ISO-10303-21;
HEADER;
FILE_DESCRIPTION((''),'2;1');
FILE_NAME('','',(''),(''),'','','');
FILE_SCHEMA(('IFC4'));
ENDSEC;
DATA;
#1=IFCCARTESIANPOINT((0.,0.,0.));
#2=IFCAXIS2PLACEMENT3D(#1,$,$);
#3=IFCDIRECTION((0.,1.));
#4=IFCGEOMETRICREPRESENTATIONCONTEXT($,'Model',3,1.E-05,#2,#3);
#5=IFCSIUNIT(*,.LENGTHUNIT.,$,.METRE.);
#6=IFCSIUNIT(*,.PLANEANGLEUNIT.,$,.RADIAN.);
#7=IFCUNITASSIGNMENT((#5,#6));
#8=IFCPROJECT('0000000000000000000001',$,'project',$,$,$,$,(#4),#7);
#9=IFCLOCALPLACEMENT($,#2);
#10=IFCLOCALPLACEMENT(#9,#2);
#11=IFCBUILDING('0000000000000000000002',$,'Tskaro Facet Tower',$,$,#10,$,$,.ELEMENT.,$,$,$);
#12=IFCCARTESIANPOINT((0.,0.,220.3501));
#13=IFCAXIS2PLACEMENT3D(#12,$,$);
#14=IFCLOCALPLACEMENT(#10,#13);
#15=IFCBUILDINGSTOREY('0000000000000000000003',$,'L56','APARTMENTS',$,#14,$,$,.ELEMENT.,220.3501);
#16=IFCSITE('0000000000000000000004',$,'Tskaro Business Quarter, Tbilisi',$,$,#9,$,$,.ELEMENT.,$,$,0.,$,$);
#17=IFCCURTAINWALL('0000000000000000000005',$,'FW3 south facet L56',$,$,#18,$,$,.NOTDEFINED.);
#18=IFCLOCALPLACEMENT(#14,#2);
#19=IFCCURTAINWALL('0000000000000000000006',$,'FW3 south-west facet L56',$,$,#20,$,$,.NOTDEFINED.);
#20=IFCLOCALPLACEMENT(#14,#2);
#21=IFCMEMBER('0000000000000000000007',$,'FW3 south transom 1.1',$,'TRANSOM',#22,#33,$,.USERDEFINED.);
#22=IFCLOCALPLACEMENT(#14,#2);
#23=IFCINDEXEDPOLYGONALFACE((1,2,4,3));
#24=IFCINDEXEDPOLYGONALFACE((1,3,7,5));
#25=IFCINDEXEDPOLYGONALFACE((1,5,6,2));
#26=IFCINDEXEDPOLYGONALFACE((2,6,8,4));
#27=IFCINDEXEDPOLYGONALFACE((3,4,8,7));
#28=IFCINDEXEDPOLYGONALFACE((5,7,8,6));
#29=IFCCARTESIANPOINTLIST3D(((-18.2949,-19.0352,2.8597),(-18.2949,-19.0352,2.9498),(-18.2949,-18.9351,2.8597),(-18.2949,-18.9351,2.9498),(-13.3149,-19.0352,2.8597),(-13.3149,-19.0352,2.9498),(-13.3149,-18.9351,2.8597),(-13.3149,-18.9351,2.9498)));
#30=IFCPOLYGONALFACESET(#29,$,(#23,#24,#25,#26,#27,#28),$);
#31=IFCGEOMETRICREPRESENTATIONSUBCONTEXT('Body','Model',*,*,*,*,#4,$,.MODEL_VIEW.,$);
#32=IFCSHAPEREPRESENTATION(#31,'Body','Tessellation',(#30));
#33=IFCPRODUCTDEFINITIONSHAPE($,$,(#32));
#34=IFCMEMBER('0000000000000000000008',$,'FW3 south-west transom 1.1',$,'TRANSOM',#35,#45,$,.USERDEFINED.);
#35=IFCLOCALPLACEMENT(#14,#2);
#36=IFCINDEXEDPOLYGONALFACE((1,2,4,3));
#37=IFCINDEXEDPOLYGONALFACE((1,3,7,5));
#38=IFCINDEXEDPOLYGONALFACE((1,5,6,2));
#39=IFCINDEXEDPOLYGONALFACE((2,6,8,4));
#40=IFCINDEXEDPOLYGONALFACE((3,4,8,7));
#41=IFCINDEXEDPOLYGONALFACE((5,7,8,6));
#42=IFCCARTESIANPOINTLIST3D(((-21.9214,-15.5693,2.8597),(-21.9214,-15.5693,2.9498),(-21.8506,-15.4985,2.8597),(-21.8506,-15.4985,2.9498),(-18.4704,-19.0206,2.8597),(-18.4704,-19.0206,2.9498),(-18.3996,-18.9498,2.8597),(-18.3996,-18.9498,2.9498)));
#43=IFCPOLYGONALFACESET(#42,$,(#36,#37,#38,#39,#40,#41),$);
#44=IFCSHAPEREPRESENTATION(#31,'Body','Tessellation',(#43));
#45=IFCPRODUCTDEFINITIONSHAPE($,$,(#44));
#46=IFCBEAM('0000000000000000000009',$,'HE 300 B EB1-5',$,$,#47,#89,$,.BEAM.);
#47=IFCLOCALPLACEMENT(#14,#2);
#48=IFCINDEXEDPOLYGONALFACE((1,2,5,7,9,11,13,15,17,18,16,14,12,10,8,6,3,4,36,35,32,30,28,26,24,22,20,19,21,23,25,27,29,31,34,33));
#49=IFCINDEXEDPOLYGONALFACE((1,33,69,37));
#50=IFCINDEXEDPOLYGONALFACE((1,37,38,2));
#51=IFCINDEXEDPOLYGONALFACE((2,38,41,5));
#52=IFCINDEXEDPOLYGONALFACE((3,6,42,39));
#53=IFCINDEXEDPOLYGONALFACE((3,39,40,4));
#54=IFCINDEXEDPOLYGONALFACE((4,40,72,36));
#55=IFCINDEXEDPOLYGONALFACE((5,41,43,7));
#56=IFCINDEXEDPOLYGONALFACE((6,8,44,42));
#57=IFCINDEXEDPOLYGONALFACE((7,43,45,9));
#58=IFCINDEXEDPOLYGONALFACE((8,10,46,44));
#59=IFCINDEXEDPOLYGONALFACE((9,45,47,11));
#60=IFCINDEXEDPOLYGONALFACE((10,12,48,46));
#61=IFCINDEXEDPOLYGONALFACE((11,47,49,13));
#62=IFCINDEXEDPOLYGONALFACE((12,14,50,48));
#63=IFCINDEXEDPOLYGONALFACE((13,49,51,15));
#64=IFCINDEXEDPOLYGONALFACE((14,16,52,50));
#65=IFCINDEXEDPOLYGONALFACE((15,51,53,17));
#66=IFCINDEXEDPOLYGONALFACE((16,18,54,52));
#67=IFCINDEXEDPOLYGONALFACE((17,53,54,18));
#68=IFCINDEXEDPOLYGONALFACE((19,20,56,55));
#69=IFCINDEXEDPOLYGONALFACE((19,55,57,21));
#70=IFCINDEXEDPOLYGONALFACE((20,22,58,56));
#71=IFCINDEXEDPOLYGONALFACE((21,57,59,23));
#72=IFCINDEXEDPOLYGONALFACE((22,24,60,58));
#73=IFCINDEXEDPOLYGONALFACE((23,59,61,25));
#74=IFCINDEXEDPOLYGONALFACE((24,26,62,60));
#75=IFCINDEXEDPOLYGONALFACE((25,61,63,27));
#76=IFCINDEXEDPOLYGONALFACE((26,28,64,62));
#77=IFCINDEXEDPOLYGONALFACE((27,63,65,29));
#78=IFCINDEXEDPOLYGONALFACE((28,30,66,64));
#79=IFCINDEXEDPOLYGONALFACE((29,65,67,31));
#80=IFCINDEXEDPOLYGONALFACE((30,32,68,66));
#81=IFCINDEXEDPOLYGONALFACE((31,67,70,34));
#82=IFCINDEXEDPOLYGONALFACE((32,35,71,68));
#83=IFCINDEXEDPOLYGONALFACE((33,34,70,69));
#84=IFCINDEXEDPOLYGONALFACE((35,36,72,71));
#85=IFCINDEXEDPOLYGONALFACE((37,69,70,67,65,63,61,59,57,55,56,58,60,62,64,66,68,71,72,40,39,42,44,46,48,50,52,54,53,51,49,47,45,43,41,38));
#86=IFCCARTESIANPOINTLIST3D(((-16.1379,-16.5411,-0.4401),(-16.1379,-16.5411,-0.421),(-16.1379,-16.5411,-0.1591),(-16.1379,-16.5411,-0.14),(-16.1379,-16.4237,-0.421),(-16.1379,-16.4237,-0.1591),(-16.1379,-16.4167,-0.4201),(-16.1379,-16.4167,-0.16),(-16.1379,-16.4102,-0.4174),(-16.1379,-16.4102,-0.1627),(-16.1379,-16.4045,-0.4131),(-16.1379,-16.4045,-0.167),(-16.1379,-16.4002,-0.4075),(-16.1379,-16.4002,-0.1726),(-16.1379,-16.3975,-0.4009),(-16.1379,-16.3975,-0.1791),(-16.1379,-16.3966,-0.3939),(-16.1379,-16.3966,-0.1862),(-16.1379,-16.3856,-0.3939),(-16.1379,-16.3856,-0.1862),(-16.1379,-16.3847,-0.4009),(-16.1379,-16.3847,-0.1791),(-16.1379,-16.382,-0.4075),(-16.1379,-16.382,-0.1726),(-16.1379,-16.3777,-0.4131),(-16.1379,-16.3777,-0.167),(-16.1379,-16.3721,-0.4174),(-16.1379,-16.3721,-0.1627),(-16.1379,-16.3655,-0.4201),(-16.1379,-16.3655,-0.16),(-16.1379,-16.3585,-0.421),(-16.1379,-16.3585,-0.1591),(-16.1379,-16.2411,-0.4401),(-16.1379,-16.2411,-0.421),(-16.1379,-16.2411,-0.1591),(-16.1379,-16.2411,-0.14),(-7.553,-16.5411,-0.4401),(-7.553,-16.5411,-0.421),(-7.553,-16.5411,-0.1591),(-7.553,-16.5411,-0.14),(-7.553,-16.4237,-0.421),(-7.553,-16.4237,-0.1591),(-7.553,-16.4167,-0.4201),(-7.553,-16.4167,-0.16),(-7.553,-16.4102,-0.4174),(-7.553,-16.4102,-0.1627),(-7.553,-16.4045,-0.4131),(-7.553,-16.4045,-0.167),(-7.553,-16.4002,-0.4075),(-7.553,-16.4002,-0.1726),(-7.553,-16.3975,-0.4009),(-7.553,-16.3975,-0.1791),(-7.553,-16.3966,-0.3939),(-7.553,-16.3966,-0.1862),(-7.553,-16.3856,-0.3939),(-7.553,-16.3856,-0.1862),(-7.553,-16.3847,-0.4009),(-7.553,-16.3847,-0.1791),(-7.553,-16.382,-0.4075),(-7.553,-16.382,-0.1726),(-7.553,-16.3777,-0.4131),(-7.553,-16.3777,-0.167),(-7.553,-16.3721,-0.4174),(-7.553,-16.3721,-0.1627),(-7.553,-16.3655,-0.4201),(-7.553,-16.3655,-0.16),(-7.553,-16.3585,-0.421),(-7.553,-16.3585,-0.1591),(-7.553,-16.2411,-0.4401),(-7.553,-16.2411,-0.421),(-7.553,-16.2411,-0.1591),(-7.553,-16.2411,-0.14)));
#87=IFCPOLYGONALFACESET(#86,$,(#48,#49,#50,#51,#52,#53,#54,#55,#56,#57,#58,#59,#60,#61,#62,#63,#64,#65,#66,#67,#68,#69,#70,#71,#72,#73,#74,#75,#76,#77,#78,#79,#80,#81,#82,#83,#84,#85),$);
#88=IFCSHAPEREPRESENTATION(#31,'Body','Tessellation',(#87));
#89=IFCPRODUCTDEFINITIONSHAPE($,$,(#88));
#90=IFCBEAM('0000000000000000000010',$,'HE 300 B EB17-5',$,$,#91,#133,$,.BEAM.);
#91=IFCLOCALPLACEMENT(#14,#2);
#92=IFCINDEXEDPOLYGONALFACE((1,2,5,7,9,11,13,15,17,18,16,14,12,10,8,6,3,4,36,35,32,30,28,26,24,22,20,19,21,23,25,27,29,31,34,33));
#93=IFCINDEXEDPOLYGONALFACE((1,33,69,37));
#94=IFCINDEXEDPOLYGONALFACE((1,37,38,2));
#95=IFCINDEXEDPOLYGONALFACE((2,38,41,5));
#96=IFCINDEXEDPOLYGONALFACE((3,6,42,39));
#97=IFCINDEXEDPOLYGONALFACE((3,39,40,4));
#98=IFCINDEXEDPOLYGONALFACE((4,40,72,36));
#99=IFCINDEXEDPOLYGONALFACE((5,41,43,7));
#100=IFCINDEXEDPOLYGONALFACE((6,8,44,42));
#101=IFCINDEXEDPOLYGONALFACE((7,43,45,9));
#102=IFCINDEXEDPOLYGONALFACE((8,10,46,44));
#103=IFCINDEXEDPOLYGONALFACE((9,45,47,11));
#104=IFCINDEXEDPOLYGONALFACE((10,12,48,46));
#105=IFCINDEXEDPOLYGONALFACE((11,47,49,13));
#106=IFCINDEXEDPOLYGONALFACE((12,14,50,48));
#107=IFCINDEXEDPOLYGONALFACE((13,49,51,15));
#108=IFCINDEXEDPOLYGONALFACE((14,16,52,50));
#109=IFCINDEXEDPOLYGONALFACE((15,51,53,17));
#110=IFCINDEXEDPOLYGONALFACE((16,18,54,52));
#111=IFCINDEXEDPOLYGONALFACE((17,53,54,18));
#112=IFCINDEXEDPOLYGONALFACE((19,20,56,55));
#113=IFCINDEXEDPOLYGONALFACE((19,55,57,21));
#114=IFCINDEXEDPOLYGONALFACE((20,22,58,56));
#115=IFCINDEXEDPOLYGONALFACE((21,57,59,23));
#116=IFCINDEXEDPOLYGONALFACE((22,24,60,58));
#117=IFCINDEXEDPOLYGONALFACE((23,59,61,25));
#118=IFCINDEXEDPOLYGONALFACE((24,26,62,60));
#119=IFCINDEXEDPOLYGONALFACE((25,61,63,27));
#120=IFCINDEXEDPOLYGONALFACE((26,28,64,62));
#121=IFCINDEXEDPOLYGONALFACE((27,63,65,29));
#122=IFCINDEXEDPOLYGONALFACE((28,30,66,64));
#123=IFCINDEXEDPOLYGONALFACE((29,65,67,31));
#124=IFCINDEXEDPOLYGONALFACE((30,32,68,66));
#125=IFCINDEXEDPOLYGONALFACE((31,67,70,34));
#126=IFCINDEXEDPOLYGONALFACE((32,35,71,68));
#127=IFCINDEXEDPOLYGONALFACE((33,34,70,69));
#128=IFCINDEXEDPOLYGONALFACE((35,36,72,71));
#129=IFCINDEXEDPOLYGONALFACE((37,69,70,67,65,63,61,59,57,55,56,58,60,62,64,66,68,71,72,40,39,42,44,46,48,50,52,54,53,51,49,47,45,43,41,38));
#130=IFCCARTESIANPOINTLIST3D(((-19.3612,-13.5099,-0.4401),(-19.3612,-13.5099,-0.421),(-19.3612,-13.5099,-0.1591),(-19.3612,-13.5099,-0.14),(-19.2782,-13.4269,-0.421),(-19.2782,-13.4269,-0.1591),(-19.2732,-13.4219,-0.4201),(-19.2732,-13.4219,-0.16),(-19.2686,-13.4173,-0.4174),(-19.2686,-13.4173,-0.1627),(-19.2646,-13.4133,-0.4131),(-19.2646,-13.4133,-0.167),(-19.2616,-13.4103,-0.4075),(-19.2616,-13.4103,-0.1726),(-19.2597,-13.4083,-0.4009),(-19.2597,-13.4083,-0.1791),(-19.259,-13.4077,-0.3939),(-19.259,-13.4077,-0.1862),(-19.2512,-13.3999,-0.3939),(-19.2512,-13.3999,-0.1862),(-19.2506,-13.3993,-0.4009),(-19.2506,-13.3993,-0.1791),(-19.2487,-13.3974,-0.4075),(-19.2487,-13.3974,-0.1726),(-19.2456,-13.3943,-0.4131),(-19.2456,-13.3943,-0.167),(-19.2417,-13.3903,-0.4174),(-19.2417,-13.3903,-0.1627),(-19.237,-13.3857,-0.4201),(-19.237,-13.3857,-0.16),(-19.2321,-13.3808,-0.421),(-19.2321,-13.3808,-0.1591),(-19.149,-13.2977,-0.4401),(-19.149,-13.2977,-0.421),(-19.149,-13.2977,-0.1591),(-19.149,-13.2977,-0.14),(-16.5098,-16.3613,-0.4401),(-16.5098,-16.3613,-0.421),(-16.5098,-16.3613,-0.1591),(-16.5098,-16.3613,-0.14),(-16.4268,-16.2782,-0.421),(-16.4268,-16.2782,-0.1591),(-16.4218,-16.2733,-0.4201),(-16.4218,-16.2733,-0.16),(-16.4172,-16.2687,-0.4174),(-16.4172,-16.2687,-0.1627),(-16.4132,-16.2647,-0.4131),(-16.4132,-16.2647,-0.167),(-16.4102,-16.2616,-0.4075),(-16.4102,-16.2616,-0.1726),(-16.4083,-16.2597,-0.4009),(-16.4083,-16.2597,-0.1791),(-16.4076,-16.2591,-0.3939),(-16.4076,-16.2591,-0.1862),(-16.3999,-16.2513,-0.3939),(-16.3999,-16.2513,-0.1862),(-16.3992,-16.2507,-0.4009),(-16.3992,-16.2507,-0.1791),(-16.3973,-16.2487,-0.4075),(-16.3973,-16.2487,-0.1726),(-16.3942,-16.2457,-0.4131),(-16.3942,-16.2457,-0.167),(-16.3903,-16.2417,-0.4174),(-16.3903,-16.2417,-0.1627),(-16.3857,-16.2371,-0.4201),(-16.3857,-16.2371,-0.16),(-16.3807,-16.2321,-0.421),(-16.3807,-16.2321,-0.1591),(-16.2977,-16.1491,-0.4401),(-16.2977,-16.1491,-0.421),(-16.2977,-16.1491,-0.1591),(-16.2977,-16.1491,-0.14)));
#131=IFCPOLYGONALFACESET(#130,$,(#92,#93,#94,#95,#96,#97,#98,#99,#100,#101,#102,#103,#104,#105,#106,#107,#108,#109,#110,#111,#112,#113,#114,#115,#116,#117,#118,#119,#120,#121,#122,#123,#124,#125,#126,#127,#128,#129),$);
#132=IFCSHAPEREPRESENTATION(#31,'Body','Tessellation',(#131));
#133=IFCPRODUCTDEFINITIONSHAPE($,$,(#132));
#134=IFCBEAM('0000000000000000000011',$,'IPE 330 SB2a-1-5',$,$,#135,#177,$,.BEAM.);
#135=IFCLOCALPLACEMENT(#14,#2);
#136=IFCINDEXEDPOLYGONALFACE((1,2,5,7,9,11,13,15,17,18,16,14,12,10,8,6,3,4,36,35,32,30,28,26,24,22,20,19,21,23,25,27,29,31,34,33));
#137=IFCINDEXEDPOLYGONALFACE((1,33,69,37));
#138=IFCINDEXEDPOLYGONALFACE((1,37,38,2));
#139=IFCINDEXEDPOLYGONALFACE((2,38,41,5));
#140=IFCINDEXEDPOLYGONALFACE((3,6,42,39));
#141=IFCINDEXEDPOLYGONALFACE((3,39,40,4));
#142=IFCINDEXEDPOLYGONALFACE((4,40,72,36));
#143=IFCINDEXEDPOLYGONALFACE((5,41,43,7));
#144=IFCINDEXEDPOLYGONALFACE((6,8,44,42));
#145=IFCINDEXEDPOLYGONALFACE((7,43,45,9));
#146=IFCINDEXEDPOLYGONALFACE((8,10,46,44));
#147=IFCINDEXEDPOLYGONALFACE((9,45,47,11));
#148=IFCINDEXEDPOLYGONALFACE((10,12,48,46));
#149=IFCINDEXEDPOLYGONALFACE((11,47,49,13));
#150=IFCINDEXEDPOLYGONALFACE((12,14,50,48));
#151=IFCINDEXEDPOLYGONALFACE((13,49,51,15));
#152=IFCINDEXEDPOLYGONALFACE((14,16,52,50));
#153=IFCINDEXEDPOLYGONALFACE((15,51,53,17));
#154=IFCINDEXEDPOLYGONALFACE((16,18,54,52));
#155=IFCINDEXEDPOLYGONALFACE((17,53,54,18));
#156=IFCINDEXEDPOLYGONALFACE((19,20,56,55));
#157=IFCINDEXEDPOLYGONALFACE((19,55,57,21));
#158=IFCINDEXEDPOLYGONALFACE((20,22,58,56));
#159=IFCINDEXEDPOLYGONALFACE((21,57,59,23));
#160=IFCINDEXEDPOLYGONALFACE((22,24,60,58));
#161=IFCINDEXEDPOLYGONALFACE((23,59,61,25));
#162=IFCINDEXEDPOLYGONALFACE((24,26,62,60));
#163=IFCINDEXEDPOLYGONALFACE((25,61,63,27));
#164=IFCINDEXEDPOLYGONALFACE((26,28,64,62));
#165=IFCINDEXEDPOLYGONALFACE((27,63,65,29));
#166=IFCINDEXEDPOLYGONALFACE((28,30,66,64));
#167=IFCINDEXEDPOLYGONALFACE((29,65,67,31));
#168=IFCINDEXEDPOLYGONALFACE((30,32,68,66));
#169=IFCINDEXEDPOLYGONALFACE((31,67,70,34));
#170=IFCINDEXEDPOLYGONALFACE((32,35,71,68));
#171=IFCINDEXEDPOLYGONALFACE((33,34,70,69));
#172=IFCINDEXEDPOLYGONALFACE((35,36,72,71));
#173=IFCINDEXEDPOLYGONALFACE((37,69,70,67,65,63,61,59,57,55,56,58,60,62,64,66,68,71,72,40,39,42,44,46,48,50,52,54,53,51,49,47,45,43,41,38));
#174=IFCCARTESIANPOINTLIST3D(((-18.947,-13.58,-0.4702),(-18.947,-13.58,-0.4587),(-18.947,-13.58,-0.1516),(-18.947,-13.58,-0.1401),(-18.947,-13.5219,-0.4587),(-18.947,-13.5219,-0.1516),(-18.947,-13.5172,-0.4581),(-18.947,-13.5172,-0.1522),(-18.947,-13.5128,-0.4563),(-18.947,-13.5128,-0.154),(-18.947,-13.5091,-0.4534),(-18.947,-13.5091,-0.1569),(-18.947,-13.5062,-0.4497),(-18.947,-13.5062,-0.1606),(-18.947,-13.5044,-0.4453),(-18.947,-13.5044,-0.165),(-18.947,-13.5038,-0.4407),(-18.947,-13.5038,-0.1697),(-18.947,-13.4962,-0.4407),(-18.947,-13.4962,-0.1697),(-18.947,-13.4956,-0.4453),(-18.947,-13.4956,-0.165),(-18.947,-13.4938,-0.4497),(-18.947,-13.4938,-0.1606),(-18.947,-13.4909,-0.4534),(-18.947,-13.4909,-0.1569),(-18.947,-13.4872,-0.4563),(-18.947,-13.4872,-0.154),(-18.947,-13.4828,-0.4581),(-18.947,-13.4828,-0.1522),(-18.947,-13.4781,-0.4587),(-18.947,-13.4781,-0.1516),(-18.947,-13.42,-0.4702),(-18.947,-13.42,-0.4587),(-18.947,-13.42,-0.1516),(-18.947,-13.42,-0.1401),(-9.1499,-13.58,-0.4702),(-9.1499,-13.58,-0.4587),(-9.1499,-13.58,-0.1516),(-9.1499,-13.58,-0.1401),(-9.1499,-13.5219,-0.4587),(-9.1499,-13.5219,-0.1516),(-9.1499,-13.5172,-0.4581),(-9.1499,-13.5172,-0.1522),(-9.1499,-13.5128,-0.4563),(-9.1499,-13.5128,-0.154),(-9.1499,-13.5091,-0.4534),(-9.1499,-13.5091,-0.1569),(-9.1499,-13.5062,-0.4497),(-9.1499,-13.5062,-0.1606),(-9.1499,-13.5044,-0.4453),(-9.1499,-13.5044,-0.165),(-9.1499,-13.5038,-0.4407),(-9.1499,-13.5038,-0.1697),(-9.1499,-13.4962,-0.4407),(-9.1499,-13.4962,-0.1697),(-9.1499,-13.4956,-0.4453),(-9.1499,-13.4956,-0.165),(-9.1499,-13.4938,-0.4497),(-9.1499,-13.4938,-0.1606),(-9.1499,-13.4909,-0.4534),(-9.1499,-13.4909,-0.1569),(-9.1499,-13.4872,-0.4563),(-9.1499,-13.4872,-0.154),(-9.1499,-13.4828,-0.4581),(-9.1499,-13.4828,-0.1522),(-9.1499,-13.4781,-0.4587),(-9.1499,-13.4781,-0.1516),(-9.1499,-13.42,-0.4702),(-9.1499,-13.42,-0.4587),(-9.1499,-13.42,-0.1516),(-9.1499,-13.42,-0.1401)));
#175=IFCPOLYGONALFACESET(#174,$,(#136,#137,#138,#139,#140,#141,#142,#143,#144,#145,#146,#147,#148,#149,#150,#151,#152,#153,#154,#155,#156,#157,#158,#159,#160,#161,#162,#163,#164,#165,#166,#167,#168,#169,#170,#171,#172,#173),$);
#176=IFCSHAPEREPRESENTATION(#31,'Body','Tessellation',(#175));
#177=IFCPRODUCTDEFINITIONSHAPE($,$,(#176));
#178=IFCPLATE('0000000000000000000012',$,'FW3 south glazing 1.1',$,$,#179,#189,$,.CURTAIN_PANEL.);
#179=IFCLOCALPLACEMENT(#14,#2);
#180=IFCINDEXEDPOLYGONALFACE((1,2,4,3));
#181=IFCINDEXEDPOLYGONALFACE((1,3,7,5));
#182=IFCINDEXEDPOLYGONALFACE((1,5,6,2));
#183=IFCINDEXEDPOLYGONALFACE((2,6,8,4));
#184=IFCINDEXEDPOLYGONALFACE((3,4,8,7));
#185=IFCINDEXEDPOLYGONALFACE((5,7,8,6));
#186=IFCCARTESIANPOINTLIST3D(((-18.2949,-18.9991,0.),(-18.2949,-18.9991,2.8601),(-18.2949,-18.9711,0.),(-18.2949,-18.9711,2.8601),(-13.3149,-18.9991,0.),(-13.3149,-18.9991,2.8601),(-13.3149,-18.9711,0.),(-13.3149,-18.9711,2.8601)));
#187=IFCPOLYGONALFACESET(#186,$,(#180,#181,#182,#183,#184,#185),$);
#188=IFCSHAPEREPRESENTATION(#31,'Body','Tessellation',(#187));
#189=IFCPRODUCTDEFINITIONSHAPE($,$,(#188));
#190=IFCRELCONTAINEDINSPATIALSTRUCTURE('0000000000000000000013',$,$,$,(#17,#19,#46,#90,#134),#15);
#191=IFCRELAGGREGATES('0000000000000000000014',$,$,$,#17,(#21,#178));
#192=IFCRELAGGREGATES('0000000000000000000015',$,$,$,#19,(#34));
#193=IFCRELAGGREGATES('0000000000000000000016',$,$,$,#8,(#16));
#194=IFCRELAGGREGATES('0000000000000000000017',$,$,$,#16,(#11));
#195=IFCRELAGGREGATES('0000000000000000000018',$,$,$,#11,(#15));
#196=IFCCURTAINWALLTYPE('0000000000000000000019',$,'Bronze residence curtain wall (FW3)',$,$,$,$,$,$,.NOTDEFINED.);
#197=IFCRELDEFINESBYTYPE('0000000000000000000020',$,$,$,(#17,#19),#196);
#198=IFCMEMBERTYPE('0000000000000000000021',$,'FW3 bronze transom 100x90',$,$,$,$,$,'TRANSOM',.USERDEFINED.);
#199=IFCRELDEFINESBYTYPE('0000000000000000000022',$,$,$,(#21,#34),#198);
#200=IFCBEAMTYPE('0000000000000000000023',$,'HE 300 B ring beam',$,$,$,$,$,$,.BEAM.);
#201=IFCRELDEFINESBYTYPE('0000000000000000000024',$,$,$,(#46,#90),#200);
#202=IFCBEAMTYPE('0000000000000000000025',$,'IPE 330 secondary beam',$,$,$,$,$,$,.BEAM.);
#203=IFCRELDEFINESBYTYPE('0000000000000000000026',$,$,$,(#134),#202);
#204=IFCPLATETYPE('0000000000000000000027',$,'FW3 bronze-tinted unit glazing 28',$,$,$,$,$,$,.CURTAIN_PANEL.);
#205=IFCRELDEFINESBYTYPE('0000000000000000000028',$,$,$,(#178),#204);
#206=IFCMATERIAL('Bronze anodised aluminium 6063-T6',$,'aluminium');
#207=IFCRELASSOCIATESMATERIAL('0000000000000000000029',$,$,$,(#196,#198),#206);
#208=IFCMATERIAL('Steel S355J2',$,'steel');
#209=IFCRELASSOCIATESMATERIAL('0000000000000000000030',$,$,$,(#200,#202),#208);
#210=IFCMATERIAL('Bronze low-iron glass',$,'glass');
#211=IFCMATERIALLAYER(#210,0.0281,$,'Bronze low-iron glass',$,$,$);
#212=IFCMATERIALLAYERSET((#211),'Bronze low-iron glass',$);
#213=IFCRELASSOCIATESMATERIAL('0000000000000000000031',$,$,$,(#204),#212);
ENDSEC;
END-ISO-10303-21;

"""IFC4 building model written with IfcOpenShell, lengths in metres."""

from ifc_helpers import new_model, si_unit, direction, frame, origin, origin_2d, place, context, subcontext, project, spatial, rectangle, i_section, extrude, material, layer, layer_set, material_profile, profile_set, type_object, element, aggregate, save


model = new_model("IFC4")

# Units and contexts
model_context = context("Model", 3, precision=1e-05, world=origin(), true_north=direction((0.0, 1.0)))
body_context = subcontext(model_context, "Body", "Model", "MODEL_VIEW")
ifc_project = project(units=[si_unit("LENGTHUNIT", "METRE"), si_unit("PLANEANGLEUNIT", "RADIAN")], contexts=[model_context])

# Site, building, storey
site_placement = place(None, origin())
site = spatial("IfcSite", under=ifc_project, at=site_placement, Name="Tskaro Business Quarter, Tbilisi", CompositionType="ELEMENT", RefElevation=0.0)
building_placement = place(site_placement, origin())
building = spatial("IfcBuilding", under=site, at=building_placement, Name="Tskaro Facet Tower", CompositionType="ELEMENT")
storey_placement = place(building_placement, frame((0.0, 0.0, 220.3501)))
storey = spatial("IfcBuildingStorey", under=building, at=storey_placement, Name="L56", Description="APARTMENTS", CompositionType="ELEMENT", Elevation=220.3501)

# Shared definitions
ifc_material_1 = material(Name="Steel S355J2", Category="steel")

# Curtain walls
ifc_material_2 = material(Name="Bronze anodised aluminium 6063-T6", Category="aluminium")
curtain_wall_type = type_object("IfcCurtainWallType", Name="Bronze residence curtain wall (FW3)", PredefinedType="NOTDEFINED", material=ifc_material_2)
curtain_wall_1_placement = place(storey_placement, origin())
curtain_wall_1 = element("IfcCurtainWall", 1, at=curtain_wall_1_placement, inside=storey, type_object=curtain_wall_type, Name="FW3 south facet L56", PredefinedType="NOTDEFINED")
curtain_wall_2_placement = place(storey_placement, origin())
curtain_wall_2 = element("IfcCurtainWall", 2, at=curtain_wall_2_placement, inside=storey, type_object=curtain_wall_type, Name="FW3 south-west facet L56", PredefinedType="NOTDEFINED")

# Members
ifc_material_profile_1 = material_profile(ifc_material_2, rectangle(XDim=0.1001, YDim=0.0901, at=origin_2d()), Name="Transom 100x90")
ifc_profile_set_1 = profile_set([ifc_material_profile_1], Name="Bronze anodised aluminium 6063-T6")
member_type_1 = type_object("IfcMemberType", Name="FW3 bronze transom 100x90", ElementType="TRANSOM", PredefinedType="USERDEFINED", material=ifc_profile_set_1)
member_1_placement = place(storey_placement, frame((-18.2949, -18.9851, 2.9048), z_axis=(1.0, 0.0, 0.0), x_axis=(0.0, 1.0, 0.0)))
member_1 = element("IfcMember", 3, at=member_1_placement, type_object=member_type_1, Name="FW3 south transom 1.1", ObjectType="TRANSOM", PredefinedType="USERDEFINED", context=body_context, shape_type="SweptSolid", body=[
    extrude(rectangle(XDim=0.1001, YDim=0.0901, at=origin_2d()), origin(), (0.0, 0.0, 1.0), 4.98),
])
member_2_placement = place(storey_placement, frame((-21.886, -15.5339, 2.9048), z_axis=(0.707082, -0.707132, 0.0), x_axis=(0.707132, 0.707082, 0.0)))
member_2 = element("IfcMember", 4, at=member_2_placement, type_object=member_type_1, Name="FW3 south-west transom 1.1", ObjectType="TRANSOM", PredefinedType="USERDEFINED", context=body_context, shape_type="SweptSolid", body=[
    extrude(rectangle(XDim=0.1001, YDim=0.0901, at=origin_2d()), origin(), (0.0, 0.0, 1.0), 4.8806),
])

# Beams
ifc_material_profile_2 = material_profile(ifc_material_1, i_section(OverallWidth=0.3, OverallDepth=0.3, WebThickness=0.011, FlangeThickness=0.019, FilletRadius=0.0271, at=origin_2d()), Name="HE 300 B")
ifc_profile_set_2 = profile_set([ifc_material_profile_2], Name="Steel S355J2")
beam_type_1 = type_object("IfcBeamType", Name="HE 300 B ring beam", PredefinedType="BEAM", material=ifc_profile_set_2)
beam_1_placement = place(storey_placement, frame((-16.1379, -16.3911, -0.29), z_axis=(1.0, 0.0, 0.0), x_axis=(0.0, 1.0, 0.0)))
element("IfcBeam", 5, at=beam_1_placement, inside=storey, type_object=beam_type_1, Name="HE 300 B EB1-5", PredefinedType="BEAM", context=body_context, shape_type="SweptSolid", body=[
    extrude(i_section(OverallWidth=0.3, OverallDepth=0.3, WebThickness=0.011, FlangeThickness=0.019, FilletRadius=0.0271, at=origin_2d()), origin(), (0.0, 0.0, 1.0), 8.585),
])
beam_2_placement = place(storey_placement, frame((-19.2551, -13.4038, -0.29), z_axis=(0.707107, -0.707107, 0.0), x_axis=(0.707107, 0.707107, 0.0)))
element("IfcBeam", 6, at=beam_2_placement, inside=storey, type_object=beam_type_1, Name="HE 300 B EB17-5", PredefinedType="BEAM", context=body_context, shape_type="SweptSolid", body=[
    extrude(i_section(OverallWidth=0.3, OverallDepth=0.3, WebThickness=0.011, FlangeThickness=0.019, FilletRadius=0.0271, at=origin_2d()), origin(), (0.0, 0.0, 1.0), 4.0325),
])
ifc_material_profile_3 = material_profile(ifc_material_1, i_section(OverallWidth=0.1599, OverallDepth=0.3301, WebThickness=0.0076, FlangeThickness=0.0115, FilletRadius=0.0181, at=origin_2d()), Name="IPE 330")
ifc_profile_set_3 = profile_set([ifc_material_profile_3], Name="Steel S355J2")
beam_type_2 = type_object("IfcBeamType", Name="IPE 330 secondary beam", PredefinedType="BEAM", material=ifc_profile_set_3)
beam_3_placement = place(storey_placement, frame((-18.947, -13.5, -0.3052), z_axis=(1.0, 0.0, 0.0), x_axis=(0.0, 1.0, 0.0)))
element("IfcBeam", 7, at=beam_3_placement, inside=storey, type_object=beam_type_2, Name="IPE 330 SB2a-1-5", PredefinedType="BEAM", context=body_context, shape_type="SweptSolid", body=[
    extrude(i_section(OverallWidth=0.1599, OverallDepth=0.3301, WebThickness=0.0076, FlangeThickness=0.0115, FilletRadius=0.0181, at=origin_2d()), origin(), (0.0, 0.0, 1.0), 9.7971),
])

# Plate
ifc_material_3 = material(Name="Bronze low-iron glass", Category="glass")
ifc_layer_1 = layer(ifc_material_3, 0.0281, Name="Bronze low-iron glass")
ifc_layer_set_1 = layer_set([ifc_layer_1], Name="Bronze low-iron glass")
plate_type = type_object("IfcPlateType", Name="FW3 bronze-tinted unit glazing 28", PredefinedType="CURTAIN_PANEL", material=ifc_layer_set_1)
plate_1_placement = place(storey_placement, frame((-15.8049, -18.9851, 0.0), z_axis=(0.0, 0.0, 1.0), x_axis=(1.0, 0.0, 0.0)))
plate_1 = element("IfcPlate", 8, at=plate_1_placement, type_object=plate_type, Name="FW3 south glazing 1.1", PredefinedType="CURTAIN_PANEL", context=body_context, shape_type="SweptSolid", body=[
    extrude(rectangle(XDim=4.98, YDim=0.0281, at=origin_2d()), origin(), (0.0, 0.0, 1.0), 2.8601),
])
aggregate(curtain_wall_1, [member_1, plate_1])

aggregate(curtain_wall_2, [member_2])

save(model, "model.ifc")
